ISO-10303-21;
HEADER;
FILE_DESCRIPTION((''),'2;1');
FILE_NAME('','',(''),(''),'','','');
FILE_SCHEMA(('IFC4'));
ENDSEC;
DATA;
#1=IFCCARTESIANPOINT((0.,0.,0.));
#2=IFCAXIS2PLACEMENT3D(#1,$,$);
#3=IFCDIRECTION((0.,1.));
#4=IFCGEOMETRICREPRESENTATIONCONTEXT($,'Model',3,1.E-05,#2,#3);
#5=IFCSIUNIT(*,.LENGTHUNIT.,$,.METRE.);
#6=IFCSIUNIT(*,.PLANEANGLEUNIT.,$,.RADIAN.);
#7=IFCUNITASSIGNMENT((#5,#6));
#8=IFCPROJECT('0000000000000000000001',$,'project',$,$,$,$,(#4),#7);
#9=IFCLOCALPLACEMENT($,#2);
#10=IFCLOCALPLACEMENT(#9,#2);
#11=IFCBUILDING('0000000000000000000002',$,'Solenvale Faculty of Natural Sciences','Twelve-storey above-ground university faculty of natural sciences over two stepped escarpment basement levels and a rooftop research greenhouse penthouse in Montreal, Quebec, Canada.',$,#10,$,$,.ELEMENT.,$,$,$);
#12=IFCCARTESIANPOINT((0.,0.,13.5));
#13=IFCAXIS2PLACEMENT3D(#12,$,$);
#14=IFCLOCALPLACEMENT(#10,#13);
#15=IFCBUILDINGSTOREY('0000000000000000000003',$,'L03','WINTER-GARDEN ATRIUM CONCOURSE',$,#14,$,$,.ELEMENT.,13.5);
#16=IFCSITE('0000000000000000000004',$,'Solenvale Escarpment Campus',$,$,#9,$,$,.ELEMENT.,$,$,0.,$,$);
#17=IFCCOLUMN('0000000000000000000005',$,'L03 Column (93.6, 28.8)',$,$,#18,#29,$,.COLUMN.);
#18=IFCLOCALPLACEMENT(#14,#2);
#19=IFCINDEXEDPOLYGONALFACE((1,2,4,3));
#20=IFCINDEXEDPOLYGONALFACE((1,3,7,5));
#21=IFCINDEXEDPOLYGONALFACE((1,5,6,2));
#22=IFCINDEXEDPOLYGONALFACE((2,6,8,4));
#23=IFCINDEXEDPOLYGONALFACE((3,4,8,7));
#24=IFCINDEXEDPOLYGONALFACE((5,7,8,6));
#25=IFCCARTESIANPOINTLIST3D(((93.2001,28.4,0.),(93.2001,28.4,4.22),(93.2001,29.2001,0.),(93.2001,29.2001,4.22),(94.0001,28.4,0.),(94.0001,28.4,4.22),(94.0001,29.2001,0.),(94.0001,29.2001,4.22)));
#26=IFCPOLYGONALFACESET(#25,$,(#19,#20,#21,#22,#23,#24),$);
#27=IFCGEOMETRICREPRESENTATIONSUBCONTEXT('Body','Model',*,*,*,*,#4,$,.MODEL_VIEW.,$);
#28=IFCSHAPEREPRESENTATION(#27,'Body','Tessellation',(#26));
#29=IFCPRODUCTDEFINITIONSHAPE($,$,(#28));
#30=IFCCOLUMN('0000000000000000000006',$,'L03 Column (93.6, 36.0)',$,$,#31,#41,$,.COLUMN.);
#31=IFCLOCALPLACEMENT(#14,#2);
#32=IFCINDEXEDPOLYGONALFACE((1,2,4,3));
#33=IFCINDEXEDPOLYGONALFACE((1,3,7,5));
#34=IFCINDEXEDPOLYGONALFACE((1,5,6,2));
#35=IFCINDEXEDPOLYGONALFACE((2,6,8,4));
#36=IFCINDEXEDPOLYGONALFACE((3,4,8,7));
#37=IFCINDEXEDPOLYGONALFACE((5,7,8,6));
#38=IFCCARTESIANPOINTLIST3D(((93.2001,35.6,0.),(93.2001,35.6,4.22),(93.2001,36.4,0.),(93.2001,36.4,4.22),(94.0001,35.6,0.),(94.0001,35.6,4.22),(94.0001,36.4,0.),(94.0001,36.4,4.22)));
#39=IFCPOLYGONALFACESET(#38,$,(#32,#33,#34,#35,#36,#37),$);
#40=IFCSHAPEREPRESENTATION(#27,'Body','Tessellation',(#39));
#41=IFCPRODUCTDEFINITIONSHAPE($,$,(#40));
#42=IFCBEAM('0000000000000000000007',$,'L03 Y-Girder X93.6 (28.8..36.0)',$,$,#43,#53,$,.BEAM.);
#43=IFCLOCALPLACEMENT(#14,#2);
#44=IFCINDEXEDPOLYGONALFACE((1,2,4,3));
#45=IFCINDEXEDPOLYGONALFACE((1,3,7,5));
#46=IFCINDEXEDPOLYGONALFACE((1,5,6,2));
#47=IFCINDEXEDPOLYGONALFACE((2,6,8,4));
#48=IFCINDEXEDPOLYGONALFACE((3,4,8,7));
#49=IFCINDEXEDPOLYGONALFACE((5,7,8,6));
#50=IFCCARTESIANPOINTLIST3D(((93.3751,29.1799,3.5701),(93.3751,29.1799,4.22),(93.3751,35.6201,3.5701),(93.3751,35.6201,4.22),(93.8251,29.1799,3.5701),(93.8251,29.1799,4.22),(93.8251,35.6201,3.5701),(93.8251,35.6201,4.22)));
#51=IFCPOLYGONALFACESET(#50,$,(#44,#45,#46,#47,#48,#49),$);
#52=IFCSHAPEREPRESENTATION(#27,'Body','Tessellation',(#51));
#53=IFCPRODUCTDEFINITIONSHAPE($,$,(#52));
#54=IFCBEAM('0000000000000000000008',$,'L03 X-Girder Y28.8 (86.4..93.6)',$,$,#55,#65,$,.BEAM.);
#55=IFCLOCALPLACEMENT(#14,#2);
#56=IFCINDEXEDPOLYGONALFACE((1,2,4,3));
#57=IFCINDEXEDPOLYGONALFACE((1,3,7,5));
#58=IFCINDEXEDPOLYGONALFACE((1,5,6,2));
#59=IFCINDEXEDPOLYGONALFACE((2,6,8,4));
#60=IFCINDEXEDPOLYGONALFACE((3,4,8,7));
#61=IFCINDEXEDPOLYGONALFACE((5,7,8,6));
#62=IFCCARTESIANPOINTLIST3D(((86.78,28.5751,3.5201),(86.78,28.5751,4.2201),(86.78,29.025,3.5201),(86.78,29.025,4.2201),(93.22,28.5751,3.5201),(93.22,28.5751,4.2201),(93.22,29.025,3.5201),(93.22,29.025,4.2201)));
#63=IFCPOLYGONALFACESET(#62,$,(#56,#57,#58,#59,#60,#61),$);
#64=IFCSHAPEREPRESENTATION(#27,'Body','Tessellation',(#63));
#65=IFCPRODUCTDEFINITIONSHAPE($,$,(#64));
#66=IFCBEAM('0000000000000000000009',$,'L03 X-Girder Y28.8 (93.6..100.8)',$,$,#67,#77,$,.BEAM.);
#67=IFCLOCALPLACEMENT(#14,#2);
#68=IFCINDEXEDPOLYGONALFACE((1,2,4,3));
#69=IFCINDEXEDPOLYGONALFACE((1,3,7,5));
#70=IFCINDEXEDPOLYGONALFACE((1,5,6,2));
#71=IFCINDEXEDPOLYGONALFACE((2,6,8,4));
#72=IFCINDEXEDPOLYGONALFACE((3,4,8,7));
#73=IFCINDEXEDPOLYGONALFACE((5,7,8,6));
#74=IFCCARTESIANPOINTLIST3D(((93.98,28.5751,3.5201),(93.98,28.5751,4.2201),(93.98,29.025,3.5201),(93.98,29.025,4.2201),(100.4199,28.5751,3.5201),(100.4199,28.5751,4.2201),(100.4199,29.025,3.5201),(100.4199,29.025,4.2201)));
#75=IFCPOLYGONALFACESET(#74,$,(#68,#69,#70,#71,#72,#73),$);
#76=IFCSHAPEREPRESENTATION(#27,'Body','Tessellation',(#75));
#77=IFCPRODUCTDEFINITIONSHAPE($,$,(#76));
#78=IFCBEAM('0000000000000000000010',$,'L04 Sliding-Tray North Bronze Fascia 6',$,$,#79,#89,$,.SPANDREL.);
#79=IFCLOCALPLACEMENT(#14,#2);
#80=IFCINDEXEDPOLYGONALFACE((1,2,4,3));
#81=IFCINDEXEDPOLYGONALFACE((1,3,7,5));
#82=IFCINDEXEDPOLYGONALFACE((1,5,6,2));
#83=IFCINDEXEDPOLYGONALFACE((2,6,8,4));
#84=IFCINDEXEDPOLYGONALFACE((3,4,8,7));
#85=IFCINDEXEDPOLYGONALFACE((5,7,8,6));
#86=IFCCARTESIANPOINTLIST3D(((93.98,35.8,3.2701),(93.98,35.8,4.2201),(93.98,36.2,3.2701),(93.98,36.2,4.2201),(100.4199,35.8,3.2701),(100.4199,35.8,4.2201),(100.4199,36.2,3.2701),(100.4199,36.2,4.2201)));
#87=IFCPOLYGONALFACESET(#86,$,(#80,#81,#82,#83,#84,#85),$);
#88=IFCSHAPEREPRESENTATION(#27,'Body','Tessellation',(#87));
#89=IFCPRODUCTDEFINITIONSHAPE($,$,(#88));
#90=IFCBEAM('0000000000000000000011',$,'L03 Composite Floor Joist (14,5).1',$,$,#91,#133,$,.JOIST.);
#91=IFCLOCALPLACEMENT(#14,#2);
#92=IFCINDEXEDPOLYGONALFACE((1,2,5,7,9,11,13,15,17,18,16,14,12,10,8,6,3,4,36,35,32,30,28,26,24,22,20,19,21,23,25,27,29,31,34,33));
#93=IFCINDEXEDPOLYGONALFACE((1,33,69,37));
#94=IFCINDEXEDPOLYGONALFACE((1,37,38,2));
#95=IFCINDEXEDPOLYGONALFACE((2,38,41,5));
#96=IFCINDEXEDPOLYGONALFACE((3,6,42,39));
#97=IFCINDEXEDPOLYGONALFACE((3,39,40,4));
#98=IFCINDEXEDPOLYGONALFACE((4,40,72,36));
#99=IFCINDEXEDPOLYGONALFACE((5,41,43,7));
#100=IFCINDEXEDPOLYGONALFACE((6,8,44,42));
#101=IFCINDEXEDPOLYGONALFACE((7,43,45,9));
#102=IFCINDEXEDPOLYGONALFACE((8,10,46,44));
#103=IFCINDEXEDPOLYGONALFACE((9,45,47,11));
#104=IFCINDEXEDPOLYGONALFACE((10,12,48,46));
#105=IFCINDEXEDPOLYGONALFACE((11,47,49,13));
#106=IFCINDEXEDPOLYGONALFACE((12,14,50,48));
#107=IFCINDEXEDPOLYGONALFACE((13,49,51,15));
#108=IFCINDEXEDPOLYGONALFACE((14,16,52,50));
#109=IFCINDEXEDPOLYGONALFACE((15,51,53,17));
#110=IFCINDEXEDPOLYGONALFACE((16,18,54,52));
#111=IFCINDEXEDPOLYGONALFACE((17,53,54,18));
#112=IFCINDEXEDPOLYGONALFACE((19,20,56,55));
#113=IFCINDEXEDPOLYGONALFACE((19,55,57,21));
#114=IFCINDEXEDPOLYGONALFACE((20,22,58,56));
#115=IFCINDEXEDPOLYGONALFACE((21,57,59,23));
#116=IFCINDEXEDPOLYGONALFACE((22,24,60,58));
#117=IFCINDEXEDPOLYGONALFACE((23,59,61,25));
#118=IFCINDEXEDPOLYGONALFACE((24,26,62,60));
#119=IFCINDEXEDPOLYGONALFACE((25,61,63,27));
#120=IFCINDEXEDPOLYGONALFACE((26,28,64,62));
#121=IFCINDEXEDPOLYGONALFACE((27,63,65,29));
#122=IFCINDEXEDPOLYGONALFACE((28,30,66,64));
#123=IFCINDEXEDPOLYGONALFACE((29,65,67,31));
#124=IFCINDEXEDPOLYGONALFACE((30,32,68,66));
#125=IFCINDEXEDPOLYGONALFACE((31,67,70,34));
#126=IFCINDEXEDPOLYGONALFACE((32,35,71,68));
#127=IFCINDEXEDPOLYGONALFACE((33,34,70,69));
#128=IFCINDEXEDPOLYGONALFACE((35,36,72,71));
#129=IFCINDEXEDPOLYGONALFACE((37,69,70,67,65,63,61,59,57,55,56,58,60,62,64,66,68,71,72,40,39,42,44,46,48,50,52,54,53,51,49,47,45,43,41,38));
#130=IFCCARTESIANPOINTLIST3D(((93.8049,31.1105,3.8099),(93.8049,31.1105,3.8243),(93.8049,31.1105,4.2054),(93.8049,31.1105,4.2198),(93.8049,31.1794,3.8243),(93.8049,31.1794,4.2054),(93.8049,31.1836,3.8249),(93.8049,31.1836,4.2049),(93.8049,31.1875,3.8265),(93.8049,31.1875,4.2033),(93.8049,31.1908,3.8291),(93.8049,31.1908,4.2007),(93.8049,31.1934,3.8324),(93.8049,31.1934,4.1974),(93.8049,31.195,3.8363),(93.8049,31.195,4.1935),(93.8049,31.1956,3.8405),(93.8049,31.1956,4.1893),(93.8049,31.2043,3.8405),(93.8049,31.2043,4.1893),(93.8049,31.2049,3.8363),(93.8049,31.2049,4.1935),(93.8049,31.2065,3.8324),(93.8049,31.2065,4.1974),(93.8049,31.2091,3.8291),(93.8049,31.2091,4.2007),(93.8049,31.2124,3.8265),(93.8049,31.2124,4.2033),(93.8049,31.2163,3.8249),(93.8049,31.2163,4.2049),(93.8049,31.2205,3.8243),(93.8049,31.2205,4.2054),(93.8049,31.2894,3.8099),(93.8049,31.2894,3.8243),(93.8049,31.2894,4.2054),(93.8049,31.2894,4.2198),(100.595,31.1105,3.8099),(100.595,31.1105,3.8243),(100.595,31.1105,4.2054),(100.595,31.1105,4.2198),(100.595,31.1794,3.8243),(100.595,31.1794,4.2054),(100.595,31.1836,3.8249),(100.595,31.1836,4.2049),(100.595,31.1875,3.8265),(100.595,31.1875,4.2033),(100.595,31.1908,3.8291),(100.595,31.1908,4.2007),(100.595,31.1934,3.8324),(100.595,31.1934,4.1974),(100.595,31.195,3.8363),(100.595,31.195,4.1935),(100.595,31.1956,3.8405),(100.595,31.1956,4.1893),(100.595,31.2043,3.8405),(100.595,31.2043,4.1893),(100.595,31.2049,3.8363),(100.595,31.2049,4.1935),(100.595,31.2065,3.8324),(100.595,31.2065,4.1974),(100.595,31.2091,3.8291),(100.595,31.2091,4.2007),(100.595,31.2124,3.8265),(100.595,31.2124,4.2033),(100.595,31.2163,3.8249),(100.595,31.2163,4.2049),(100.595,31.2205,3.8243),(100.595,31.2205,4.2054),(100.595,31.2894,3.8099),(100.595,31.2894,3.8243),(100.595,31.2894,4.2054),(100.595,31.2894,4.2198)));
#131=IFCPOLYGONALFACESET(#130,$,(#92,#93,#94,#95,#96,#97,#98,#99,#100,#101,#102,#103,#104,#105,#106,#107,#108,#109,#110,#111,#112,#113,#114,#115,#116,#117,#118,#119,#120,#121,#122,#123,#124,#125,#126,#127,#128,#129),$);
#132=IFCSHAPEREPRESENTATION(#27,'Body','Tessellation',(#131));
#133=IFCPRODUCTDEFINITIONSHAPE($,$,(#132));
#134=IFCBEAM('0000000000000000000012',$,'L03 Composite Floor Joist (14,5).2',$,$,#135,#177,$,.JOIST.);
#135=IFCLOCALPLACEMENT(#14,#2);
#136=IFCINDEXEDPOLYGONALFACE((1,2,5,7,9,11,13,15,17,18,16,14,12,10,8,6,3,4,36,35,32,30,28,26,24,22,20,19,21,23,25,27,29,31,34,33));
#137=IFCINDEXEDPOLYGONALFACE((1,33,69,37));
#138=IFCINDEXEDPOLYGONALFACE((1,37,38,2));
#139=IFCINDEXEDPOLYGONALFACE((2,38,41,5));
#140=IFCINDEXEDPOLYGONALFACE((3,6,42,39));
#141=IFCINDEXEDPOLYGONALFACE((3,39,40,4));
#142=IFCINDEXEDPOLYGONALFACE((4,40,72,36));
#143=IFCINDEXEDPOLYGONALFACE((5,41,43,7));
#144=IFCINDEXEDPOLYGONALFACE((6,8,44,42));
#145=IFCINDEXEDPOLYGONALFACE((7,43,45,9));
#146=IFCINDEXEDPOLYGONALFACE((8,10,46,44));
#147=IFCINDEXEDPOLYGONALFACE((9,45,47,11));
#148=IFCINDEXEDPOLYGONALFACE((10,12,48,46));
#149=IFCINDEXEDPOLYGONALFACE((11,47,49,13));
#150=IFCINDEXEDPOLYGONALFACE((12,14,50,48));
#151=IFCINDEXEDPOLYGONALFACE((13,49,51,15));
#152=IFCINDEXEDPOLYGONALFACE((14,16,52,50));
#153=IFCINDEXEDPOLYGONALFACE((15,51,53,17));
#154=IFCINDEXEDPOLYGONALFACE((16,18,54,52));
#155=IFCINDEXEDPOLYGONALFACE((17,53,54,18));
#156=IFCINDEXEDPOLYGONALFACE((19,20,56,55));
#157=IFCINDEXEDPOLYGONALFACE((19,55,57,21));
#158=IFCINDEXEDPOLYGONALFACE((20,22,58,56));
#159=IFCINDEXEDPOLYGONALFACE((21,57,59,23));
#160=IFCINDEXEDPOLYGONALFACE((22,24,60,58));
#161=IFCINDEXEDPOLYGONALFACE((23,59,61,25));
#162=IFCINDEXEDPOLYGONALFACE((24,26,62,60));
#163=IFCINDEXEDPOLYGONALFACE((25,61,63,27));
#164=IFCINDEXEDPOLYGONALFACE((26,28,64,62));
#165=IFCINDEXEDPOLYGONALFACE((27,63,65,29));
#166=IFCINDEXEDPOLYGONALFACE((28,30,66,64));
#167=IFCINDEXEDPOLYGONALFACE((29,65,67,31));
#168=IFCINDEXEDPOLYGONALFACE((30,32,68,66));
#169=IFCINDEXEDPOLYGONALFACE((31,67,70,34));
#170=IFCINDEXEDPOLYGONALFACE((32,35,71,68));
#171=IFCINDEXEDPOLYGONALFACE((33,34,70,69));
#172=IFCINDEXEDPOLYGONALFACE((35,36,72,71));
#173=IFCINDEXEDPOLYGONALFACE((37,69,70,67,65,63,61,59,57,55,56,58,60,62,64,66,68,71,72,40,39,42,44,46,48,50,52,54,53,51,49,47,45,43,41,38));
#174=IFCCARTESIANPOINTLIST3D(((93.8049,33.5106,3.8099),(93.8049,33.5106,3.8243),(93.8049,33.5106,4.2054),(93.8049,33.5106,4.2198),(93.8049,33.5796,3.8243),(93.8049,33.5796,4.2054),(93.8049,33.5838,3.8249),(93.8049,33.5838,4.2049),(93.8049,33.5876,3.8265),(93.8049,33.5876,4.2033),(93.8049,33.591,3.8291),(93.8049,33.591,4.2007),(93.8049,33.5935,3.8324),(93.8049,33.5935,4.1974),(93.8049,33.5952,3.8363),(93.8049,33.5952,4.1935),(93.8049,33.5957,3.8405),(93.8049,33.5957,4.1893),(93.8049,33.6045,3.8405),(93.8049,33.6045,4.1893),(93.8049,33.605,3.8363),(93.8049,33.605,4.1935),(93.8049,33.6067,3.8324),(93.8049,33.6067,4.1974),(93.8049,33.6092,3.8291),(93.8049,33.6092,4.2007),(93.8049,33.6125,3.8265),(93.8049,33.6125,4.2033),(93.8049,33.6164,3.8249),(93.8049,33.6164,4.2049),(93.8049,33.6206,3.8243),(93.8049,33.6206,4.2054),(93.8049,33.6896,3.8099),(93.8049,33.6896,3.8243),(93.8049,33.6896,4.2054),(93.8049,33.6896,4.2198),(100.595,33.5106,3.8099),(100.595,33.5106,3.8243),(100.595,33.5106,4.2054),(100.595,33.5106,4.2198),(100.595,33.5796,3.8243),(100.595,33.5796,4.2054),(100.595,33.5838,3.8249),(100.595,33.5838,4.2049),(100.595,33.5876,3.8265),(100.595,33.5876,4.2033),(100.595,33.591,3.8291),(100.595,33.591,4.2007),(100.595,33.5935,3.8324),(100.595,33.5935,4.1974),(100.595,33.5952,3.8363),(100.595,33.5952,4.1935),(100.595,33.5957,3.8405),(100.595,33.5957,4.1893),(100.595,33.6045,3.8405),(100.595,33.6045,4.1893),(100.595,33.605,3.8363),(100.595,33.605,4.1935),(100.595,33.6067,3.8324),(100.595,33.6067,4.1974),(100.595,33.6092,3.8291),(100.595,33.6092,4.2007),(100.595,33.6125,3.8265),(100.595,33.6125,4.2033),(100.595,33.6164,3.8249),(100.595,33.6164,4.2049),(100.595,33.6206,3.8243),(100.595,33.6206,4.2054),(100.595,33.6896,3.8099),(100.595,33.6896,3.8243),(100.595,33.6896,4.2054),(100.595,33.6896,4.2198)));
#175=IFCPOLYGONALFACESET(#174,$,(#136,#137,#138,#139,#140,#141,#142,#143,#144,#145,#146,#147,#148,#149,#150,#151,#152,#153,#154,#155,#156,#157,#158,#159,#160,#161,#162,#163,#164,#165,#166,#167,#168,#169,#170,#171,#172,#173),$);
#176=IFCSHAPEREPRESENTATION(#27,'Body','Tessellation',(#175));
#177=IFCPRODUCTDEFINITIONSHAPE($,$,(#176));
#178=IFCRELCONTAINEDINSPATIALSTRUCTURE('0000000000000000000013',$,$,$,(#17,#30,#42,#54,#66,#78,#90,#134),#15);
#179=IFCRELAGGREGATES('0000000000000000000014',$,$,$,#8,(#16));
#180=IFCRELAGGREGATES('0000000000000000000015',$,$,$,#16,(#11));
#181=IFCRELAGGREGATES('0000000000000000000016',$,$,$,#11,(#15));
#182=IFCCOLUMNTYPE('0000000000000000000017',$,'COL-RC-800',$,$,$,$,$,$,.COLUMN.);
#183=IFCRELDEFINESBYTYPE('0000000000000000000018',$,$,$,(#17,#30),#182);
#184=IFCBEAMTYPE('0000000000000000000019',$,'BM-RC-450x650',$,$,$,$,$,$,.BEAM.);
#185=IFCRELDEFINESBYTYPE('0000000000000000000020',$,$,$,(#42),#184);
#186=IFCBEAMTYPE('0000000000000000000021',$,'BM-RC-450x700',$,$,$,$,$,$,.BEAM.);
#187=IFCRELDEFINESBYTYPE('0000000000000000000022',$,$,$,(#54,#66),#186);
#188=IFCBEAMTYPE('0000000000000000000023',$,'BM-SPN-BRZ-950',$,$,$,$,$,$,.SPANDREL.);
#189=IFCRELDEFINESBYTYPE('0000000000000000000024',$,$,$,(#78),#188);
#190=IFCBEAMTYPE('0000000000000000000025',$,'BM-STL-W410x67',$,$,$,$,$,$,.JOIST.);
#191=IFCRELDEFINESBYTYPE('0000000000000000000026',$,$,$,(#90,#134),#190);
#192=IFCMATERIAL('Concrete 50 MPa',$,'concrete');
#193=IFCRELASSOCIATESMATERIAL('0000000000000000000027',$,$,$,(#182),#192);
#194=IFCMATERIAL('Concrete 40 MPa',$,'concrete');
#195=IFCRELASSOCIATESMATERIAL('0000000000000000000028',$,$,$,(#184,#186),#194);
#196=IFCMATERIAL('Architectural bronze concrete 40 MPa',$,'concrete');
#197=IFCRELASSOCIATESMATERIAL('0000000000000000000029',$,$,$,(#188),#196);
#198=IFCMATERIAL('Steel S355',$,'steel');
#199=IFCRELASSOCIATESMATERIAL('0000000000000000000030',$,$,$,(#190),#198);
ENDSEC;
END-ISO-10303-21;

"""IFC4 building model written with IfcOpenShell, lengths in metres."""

from ifc_helpers import new_model, si_unit, direction, frame, origin, origin_2d, place, context, subcontext, project, spatial, rectangle, i_section, extrude, material, material_profile, profile_set, type_object, element, save


model = new_model("IFC4")

# Units and contexts
model_context = context("Model", 3, precision=1e-05, world=origin(), true_north=direction((0.0, 1.0)))
body_context = subcontext(model_context, "Body", "Model", "MODEL_VIEW")
ifc_project = project(units=[si_unit("LENGTHUNIT", "METRE"), si_unit("PLANEANGLEUNIT", "RADIAN")], contexts=[model_context])

# Site, building, storey
site_placement = place(None, origin())
site = spatial("IfcSite", under=ifc_project, at=site_placement, Name="Solenvale Escarpment Campus", CompositionType="ELEMENT", RefElevation=0.0)
building_placement = place(site_placement, origin())
building = spatial("IfcBuilding", under=site, at=building_placement, Name="Solenvale Faculty of Natural Sciences", Description="Twelve-storey above-ground university faculty of natural sciences over two stepped escarpment basement levels and a rooftop research greenhouse penthouse in Montreal, Quebec, Canada.", CompositionType="ELEMENT")
storey_placement = place(building_placement, frame((0.0, 0.0, 13.5)))
storey = spatial("IfcBuildingStorey", under=building, at=storey_placement, Name="L03", Description="WINTER-GARDEN ATRIUM CONCOURSE", CompositionType="ELEMENT", Elevation=13.5)

# Columns
ifc_material_1 = material(Name="Concrete 50 MPa", Category="concrete")
ifc_material_profile_1 = material_profile(ifc_material_1, rectangle(XDim=0.8, YDim=0.8, at=origin_2d()), Name="RC-COL-800x800")
ifc_profile_set_1 = profile_set([ifc_material_profile_1], Name="Concrete 50 MPa")
column_type = type_object("IfcColumnType", Name="COL-RC-800", PredefinedType="COLUMN", material=ifc_profile_set_1)
for number, where, z_axis, x_axis, name in (
    (1, (93.6001, 28.8, 0.0), (0.0, 0.0, 1.0), (1.0, 0.0, 0.0), "L03 Column (93.6, 28.8)"),
    (2, (93.6001, 36.0, 0.0), (0.0, 0.0, 1.0), (1.0, 0.0, 0.0), "L03 Column (93.6, 36.0)"),
):
    element("IfcColumn", number, at=place(storey_placement, frame(where, z_axis=z_axis, x_axis=x_axis)), inside=storey, type_object=column_type, Name=name, PredefinedType="COLUMN", context=body_context, shape_type="SweptSolid", body=[
        extrude(rectangle(XDim=0.8, YDim=0.8, at=origin_2d()), origin(), (0.0, 0.0, 1.0), 4.22),
    ])

# Beams
ifc_material_2 = material(Name="Concrete 40 MPa", Category="concrete")
ifc_material_profile_2 = material_profile(ifc_material_2, rectangle(XDim=0.45, YDim=0.6499, at=origin_2d()), Name="RC-BM-450x650")
ifc_profile_set_2 = profile_set([ifc_material_profile_2], Name="Concrete 40 MPa")
beam_type_1 = type_object("IfcBeamType", Name="BM-RC-450x650", PredefinedType="BEAM", material=ifc_profile_set_2)
beam_1_placement = place(storey_placement, frame((93.6001, 29.1799, 3.895), z_axis=(0.0, 1.0, 0.0), x_axis=(-1.0, 0.0, 0.0)))
element("IfcBeam", 3, at=beam_1_placement, inside=storey, type_object=beam_type_1, Name="L03 Y-Girder X93.6 (28.8..36.0)", PredefinedType="BEAM", context=body_context, shape_type="SweptSolid", body=[
    extrude(rectangle(XDim=0.45, YDim=0.6499, at=origin_2d()), origin(), (0.0, 0.0, 1.0), 6.4402),
])
ifc_material_profile_3 = material_profile(ifc_material_2, rectangle(XDim=0.45, YDim=0.7, at=origin_2d()), Name="RC-BM-450x700")
ifc_profile_set_3 = profile_set([ifc_material_profile_3], Name="Concrete 40 MPa")
beam_type_2 = type_object("IfcBeamType", Name="BM-RC-450x700", PredefinedType="BEAM", material=ifc_profile_set_3)
for number, where, z_axis, x_axis, name in (
    (4, (86.78, 28.8, 3.8701), (1.0, 0.0, 0.0), (0.0, 1.0, 0.0), "L03 X-Girder Y28.8 (86.4..93.6)"),
    (5, (93.98, 28.8, 3.8701), (1.0, 0.0, 0.0), (0.0, 1.0, 0.0), "L03 X-Girder Y28.8 (93.6..100.8)"),
):
    element("IfcBeam", number, at=place(storey_placement, frame(where, z_axis=z_axis, x_axis=x_axis)), inside=storey, type_object=beam_type_2, Name=name, PredefinedType="BEAM", context=body_context, shape_type="SweptSolid", body=[
        extrude(rectangle(XDim=0.45, YDim=0.7, at=origin_2d()), origin(), (0.0, 0.0, 1.0), 6.4399),
    ])
ifc_material_3 = material(Name="Architectural bronze concrete 40 MPa", Category="concrete")
ifc_material_profile_4 = material_profile(ifc_material_3, rectangle(XDim=0.3999, YDim=0.95, at=origin_2d()), Name="RC-SPN-400x950")
ifc_profile_set_4 = profile_set([ifc_material_profile_4], Name="Architectural bronze concrete 40 MPa")
beam_type_3 = type_object("IfcBeamType", Name="BM-SPN-BRZ-950", PredefinedType="SPANDREL", material=ifc_profile_set_4)
beam_2_placement = place(storey_placement, frame((93.98, 36.0, 3.7451), z_axis=(1.0, 0.0, 0.0), x_axis=(0.0, 1.0, 0.0)))
element("IfcBeam", 6, at=beam_2_placement, inside=storey, type_object=beam_type_3, Name="L04 Sliding-Tray North Bronze Fascia 6", PredefinedType="SPANDREL", context=body_context, shape_type="SweptSolid", body=[
    extrude(rectangle(XDim=0.3999, YDim=0.95, at=origin_2d()), origin(), (0.0, 0.0, 1.0), 6.4399),
])
ifc_material_4 = material(Name="Steel S355", Category="steel")
ifc_material_profile_5 = material_profile(ifc_material_4, i_section(OverallWidth=0.179, OverallDepth=0.4099, WebThickness=0.0088, FlangeThickness=0.0144, FilletRadius=0.0161, at=origin_2d()), Name="W410x67")
ifc_profile_set_5 = profile_set([ifc_material_profile_5], Name="Steel S355")
beam_type_4 = type_object("IfcBeamType", Name="BM-STL-W410x67", PredefinedType="JOIST", material=ifc_profile_set_5)
for number, where, z_axis, x_axis, name in (
    (7, (93.8049, 31.2, 4.0149), (1.0, 0.0, 0.0), (0.0, 1.0, 0.0), "L03 Composite Floor Joist (14,5).1"),
    (8, (93.8049, 33.6001, 4.0149), (1.0, 0.0, 0.0), (0.0, 1.0, 0.0), "L03 Composite Floor Joist (14,5).2"),
):
    element("IfcBeam", number, at=place(storey_placement, frame(where, z_axis=z_axis, x_axis=x_axis)), inside=storey, type_object=beam_type_4, Name=name, PredefinedType="JOIST", context=body_context, shape_type="SweptSolid", body=[
        extrude(i_section(OverallWidth=0.179, OverallDepth=0.4099, WebThickness=0.0088, FlangeThickness=0.0144, FilletRadius=0.0161, at=origin_2d()), origin(), (0.0, 0.0, 1.0), 6.79),
    ])

save(model, "model.ifc")
